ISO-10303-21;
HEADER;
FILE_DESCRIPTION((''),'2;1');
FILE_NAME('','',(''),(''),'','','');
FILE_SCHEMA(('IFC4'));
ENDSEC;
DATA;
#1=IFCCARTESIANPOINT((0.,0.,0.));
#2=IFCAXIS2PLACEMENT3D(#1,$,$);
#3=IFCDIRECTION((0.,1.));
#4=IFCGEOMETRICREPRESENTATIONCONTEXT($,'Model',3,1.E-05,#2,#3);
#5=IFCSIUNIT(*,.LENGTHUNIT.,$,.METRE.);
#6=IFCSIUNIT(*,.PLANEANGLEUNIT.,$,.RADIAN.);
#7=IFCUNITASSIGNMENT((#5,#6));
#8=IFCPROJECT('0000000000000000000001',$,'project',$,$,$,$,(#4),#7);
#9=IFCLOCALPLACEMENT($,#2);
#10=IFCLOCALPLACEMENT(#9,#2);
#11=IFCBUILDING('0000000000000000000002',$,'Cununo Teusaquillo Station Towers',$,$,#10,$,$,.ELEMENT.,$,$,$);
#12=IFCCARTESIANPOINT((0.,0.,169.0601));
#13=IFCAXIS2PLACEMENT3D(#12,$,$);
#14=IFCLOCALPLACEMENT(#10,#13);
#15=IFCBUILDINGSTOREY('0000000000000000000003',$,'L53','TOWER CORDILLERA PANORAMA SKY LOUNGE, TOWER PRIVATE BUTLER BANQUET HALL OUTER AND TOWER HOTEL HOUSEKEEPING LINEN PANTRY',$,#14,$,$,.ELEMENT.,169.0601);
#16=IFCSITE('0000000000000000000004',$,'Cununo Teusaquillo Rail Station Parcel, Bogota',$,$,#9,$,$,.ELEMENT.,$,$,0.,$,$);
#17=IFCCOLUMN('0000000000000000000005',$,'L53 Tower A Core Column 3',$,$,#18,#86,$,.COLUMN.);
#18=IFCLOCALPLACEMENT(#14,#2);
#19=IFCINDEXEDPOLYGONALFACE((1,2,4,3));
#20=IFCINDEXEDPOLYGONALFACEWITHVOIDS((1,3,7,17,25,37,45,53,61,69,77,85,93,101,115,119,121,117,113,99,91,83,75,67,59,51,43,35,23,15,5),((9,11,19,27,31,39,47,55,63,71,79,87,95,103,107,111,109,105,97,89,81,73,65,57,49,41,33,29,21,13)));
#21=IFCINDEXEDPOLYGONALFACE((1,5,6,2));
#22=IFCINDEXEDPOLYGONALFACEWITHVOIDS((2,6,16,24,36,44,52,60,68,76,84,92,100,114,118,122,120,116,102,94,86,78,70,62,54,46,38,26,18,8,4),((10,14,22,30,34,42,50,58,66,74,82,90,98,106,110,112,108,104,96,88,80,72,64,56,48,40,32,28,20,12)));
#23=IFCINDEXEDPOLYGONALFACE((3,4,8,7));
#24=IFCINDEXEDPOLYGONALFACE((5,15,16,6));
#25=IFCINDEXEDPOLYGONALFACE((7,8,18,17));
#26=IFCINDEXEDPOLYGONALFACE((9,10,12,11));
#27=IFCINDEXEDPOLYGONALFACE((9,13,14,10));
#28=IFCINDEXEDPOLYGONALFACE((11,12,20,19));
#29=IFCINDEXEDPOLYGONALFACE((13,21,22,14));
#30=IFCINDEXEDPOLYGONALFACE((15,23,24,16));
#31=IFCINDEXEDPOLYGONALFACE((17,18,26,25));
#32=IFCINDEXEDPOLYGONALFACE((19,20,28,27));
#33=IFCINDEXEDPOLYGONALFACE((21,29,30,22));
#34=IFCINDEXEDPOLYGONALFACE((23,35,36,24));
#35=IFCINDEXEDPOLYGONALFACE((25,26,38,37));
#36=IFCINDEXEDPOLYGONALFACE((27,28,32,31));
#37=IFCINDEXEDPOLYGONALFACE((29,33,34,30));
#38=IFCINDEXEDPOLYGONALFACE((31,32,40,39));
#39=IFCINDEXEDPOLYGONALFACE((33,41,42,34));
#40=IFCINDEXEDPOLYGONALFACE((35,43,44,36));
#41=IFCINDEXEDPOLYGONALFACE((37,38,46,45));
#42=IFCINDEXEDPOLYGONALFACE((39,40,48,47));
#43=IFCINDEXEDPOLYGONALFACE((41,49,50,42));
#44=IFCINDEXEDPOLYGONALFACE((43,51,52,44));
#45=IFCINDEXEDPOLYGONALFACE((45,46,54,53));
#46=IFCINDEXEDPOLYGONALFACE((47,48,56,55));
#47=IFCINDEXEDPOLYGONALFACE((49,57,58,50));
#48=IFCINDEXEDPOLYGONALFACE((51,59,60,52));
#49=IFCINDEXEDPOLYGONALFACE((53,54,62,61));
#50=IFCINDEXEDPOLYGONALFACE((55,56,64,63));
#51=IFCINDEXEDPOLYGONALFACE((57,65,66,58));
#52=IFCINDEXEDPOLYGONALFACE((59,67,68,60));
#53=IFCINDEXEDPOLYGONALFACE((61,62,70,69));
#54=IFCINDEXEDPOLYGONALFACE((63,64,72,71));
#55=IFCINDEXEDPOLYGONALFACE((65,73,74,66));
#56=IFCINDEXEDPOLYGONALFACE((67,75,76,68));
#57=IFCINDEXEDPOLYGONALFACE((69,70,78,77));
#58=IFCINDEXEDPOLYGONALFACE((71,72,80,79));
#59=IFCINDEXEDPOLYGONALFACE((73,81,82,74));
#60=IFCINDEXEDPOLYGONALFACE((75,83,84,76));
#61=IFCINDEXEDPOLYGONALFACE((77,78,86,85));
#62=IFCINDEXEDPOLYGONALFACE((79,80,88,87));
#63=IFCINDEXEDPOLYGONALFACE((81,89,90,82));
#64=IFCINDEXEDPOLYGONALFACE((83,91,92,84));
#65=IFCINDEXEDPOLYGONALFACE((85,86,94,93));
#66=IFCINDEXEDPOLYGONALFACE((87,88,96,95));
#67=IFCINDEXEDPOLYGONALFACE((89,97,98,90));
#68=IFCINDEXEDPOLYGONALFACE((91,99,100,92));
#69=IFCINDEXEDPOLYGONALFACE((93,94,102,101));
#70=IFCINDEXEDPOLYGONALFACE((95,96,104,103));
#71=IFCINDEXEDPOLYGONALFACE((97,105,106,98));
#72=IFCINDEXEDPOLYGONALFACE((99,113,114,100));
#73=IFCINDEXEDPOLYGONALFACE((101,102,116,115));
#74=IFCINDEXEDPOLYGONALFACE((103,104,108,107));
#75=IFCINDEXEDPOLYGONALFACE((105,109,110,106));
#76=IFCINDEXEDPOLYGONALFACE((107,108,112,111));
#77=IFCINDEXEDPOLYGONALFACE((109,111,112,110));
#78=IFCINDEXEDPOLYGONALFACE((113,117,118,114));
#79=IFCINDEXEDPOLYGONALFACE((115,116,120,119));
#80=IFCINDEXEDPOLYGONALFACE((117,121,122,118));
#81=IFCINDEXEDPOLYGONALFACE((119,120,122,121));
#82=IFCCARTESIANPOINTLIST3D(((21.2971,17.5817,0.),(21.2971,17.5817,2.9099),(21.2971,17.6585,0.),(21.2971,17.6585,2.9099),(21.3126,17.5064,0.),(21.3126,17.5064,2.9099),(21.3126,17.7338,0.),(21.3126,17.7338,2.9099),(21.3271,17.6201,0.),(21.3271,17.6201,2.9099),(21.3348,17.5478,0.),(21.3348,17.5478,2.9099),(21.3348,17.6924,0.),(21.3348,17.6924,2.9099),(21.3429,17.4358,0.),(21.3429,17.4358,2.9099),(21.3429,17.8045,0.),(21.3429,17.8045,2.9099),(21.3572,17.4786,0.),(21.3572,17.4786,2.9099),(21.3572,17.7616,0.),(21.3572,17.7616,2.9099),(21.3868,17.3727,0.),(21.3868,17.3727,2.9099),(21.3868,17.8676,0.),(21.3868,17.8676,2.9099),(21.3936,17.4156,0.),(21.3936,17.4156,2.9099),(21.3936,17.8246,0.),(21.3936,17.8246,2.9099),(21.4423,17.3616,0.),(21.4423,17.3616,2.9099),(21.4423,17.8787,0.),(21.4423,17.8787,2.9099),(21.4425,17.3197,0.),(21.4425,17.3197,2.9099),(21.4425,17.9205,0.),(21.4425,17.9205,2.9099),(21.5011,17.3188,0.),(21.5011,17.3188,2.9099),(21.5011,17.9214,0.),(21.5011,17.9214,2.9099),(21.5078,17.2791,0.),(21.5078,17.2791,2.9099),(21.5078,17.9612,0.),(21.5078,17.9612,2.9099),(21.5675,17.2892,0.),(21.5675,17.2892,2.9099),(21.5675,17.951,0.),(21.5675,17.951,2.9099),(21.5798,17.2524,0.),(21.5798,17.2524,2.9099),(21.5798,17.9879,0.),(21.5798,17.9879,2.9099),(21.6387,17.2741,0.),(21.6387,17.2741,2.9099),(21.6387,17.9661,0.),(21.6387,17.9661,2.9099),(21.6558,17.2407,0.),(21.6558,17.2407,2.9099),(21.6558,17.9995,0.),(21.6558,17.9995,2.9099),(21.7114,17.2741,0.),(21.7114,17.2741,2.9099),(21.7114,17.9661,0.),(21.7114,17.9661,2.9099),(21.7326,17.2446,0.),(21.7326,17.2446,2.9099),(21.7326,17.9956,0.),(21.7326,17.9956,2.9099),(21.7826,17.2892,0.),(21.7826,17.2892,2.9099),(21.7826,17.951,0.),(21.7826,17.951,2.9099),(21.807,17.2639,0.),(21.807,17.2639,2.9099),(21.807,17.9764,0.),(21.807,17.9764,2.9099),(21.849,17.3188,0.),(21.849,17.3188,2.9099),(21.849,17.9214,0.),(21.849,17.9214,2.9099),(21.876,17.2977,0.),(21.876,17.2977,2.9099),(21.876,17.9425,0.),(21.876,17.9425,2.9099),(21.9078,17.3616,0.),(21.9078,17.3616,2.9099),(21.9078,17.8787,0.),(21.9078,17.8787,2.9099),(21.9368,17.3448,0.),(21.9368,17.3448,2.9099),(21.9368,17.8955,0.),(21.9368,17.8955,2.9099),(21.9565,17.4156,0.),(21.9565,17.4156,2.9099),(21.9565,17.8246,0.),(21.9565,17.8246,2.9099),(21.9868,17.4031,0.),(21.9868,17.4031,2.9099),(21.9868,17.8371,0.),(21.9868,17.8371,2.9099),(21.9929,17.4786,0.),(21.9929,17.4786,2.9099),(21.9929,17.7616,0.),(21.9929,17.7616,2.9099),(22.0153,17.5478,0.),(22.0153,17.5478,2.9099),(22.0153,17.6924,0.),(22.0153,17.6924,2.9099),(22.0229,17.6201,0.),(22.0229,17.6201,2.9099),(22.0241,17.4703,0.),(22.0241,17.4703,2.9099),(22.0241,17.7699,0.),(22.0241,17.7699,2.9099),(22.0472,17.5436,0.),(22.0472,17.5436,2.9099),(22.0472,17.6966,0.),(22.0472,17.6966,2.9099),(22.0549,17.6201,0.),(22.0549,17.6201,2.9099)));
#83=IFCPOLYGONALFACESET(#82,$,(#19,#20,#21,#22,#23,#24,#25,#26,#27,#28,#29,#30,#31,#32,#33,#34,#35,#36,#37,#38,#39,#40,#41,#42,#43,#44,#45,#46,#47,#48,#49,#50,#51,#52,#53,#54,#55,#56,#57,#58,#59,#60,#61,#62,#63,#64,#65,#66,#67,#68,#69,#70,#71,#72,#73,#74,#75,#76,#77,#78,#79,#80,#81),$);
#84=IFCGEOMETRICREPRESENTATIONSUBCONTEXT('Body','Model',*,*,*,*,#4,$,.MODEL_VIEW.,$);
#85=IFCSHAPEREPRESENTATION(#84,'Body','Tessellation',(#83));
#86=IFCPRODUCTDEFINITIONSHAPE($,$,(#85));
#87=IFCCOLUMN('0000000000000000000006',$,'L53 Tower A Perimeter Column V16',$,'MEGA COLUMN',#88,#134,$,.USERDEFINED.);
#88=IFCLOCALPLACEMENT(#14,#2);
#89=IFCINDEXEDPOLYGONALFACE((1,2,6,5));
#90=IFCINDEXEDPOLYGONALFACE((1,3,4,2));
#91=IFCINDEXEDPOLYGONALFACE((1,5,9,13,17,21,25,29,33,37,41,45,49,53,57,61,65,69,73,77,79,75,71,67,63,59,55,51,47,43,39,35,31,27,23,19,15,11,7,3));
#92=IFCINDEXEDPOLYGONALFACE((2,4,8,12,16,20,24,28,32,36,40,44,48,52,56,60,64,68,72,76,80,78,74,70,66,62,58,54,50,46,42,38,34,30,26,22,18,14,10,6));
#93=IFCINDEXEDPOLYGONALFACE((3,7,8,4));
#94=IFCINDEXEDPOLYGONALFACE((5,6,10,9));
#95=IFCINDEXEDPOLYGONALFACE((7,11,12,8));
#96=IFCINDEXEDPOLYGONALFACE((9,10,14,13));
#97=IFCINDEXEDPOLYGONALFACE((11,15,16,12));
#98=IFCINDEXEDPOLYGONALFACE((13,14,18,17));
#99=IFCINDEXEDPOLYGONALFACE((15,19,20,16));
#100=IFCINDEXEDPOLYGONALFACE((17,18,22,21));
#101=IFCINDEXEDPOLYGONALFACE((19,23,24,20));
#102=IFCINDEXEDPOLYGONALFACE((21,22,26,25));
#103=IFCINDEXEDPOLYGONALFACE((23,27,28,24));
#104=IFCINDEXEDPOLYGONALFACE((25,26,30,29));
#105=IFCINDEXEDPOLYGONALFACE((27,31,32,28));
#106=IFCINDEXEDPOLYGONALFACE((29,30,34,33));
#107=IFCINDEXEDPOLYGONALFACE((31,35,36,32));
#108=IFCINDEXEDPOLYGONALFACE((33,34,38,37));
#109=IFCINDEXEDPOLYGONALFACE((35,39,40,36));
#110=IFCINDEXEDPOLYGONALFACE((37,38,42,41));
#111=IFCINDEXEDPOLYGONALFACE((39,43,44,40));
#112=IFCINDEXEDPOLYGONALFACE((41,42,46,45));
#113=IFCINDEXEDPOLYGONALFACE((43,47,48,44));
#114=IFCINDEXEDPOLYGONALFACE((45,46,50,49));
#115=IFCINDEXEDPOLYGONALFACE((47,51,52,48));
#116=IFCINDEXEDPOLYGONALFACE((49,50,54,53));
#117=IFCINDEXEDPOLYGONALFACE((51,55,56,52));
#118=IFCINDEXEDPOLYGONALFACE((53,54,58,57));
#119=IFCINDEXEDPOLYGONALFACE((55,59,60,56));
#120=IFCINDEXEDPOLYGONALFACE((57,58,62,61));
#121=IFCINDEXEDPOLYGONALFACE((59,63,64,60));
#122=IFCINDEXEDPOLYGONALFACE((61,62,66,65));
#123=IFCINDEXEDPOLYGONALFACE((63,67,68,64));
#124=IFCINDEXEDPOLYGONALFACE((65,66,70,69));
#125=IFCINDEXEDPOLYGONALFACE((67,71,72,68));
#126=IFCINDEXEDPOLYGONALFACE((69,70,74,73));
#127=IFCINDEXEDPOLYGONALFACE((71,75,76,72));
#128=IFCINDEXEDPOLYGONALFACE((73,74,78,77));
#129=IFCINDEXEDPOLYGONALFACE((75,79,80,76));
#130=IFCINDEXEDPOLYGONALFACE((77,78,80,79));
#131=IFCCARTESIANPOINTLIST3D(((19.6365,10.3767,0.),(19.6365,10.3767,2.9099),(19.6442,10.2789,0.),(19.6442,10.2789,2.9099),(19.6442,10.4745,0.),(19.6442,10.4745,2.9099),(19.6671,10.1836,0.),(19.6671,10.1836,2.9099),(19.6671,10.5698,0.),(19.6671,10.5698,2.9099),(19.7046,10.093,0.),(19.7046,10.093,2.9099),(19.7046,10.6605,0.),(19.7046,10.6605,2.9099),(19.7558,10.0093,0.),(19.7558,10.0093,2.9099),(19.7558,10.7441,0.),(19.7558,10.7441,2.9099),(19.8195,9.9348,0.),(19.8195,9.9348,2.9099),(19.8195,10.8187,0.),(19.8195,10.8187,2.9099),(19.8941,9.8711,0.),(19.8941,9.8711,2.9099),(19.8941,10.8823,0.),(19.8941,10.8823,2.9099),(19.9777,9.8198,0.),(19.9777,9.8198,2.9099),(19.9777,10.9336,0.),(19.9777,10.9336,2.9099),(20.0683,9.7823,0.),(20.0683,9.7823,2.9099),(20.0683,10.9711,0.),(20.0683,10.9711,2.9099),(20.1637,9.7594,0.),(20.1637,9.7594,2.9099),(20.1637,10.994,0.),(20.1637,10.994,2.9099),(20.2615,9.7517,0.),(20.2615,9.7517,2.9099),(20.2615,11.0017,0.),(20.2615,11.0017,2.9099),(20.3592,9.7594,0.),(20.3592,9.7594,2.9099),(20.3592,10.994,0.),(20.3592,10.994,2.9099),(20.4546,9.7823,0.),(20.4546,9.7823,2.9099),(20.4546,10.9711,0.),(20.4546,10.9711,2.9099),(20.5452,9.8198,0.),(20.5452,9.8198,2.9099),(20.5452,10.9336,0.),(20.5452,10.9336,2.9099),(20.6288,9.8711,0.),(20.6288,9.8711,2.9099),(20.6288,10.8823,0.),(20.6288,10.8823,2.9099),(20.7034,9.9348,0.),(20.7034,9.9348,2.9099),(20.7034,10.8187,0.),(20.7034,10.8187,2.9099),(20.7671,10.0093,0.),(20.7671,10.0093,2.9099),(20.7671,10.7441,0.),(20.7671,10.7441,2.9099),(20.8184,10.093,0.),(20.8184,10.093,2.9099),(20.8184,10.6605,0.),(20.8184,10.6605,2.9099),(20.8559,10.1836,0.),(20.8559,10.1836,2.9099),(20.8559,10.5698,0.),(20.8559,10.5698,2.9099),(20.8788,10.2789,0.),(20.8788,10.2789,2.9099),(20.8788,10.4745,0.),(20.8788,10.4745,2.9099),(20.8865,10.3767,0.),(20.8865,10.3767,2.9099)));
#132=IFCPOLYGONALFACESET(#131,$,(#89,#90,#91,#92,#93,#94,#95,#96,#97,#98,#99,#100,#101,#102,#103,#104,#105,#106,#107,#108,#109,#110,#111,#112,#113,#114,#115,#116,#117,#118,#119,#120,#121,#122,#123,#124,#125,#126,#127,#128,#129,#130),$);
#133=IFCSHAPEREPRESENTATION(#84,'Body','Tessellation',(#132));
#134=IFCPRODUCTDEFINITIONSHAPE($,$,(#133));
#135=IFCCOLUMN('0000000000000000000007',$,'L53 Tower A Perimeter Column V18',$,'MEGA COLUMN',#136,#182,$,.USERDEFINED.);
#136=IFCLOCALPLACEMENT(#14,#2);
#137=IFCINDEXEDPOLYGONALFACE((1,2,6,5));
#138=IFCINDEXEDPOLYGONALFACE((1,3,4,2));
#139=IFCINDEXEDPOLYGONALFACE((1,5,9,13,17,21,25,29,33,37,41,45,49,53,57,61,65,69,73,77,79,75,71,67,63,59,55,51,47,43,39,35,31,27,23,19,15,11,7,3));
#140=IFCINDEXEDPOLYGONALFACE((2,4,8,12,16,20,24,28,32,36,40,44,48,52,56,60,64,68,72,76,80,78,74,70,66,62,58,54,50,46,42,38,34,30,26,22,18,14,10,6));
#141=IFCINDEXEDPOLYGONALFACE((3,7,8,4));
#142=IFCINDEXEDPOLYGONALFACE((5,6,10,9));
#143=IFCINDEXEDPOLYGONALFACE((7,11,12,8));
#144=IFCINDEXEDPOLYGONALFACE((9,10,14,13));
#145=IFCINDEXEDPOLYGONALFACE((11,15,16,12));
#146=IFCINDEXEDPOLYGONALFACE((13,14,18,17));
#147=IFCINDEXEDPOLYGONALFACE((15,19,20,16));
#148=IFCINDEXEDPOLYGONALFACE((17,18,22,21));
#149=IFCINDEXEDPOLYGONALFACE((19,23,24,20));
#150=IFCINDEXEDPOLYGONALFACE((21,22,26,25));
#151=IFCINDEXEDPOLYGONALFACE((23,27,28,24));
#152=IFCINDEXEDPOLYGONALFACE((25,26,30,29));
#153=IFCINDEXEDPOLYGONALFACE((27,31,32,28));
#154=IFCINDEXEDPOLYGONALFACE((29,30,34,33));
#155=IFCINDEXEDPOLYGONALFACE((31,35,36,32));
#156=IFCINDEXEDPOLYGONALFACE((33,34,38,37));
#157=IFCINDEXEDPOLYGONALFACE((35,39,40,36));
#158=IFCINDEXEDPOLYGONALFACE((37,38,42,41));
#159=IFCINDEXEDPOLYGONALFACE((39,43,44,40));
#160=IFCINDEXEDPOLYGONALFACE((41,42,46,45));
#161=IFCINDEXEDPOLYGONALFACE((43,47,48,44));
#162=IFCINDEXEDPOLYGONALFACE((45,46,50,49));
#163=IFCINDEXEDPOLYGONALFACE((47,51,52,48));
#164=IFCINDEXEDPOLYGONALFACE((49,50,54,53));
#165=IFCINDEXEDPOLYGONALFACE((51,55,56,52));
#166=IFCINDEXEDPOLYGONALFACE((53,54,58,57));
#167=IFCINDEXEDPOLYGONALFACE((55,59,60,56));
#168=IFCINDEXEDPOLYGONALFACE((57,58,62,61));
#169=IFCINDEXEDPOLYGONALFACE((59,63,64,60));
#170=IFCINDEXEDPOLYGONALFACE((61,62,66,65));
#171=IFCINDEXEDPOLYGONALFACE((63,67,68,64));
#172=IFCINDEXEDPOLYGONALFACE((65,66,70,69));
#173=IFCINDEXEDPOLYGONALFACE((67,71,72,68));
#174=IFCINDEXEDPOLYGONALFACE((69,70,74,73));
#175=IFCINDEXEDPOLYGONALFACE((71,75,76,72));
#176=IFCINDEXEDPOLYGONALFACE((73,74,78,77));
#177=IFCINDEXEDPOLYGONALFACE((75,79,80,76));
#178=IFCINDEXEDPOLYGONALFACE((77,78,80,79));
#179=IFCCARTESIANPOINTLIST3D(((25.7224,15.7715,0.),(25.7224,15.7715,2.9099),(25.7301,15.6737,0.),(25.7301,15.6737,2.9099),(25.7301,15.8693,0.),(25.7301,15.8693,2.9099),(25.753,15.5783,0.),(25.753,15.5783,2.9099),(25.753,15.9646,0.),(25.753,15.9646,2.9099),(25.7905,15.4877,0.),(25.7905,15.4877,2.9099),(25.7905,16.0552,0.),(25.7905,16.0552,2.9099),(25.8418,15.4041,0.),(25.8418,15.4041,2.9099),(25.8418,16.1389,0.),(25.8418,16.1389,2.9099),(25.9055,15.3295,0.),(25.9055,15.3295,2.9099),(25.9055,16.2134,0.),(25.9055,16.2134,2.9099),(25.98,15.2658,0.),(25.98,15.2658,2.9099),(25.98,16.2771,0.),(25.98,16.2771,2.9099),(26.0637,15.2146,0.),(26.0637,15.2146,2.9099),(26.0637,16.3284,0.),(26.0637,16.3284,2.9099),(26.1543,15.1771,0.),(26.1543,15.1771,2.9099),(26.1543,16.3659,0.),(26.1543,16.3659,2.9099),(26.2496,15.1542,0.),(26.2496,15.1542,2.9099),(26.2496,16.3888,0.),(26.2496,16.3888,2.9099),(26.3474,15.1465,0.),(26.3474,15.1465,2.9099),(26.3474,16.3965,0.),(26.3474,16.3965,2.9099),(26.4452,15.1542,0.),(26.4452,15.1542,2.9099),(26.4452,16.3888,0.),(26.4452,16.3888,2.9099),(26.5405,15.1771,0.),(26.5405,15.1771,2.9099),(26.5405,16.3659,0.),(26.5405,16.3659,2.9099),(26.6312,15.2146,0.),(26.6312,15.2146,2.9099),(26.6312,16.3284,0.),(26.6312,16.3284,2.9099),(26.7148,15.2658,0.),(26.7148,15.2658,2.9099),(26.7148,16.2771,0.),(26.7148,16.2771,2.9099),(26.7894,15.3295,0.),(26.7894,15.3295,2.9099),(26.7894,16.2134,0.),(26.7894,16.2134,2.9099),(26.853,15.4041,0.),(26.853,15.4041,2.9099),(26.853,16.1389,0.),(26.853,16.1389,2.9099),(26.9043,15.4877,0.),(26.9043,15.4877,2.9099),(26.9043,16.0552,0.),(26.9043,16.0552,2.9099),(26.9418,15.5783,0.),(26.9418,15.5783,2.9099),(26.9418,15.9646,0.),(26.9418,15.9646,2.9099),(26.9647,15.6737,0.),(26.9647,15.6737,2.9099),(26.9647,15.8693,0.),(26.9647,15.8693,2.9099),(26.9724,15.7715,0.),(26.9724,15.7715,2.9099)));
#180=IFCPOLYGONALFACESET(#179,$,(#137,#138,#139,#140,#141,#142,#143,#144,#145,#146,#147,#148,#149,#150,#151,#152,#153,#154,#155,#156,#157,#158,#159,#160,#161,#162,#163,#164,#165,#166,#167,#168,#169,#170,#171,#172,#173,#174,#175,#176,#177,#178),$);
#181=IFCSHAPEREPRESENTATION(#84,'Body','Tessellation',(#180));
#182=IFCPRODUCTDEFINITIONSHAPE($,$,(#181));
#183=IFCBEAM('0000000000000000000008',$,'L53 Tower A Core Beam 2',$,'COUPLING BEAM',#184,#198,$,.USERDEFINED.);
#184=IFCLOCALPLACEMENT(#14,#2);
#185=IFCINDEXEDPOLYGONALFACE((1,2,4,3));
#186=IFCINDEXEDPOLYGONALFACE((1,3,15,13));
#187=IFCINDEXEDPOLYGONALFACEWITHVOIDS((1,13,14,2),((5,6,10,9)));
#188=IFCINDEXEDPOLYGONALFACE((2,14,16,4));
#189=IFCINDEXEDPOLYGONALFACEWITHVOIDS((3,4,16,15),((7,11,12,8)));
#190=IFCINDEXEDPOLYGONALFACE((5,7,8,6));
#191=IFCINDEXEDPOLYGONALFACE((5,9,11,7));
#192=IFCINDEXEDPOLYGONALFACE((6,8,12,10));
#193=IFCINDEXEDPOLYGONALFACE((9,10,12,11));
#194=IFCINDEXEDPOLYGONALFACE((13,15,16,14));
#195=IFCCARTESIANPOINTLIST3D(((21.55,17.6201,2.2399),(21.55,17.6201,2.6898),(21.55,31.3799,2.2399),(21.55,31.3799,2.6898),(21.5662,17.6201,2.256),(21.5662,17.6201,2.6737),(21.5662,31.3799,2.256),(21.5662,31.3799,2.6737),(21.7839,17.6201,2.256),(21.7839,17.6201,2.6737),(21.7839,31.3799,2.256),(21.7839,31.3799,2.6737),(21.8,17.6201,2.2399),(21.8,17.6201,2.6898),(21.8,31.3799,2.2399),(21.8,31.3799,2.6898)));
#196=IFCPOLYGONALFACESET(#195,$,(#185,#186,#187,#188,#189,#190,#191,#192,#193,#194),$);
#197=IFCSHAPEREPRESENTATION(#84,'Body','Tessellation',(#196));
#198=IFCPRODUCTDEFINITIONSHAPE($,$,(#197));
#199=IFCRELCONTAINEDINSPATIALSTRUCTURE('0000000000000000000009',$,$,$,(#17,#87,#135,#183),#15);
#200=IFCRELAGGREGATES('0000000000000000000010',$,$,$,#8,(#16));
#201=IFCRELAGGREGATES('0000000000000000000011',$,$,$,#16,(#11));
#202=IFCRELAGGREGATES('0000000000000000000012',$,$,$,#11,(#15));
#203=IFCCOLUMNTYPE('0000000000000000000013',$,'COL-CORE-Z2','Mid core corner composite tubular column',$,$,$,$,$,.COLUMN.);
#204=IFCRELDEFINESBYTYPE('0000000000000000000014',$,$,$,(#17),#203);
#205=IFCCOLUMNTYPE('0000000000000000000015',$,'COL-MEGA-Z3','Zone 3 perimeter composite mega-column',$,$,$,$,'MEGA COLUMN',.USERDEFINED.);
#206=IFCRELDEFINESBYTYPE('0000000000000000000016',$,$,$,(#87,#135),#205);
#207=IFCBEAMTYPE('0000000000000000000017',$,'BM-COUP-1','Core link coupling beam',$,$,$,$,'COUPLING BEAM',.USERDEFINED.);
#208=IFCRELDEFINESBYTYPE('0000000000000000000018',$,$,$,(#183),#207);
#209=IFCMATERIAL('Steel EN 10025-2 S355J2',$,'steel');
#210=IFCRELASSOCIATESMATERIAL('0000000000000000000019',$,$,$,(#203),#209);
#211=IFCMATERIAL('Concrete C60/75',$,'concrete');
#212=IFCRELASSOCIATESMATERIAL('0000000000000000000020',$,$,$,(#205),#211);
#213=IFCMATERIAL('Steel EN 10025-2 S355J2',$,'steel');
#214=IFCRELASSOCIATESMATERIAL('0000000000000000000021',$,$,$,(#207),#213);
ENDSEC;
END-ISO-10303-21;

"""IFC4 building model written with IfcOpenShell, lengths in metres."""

from ifc_helpers import new_model, si_unit, direction, frame, origin, origin_2d, place, context, subcontext, project, spatial, hollow_rectangle, circle, hollow_circle, extrude, material, material_profile, profile_set, type_object, element, save


model = new_model("IFC4")

# Units and contexts
model_context = context("Model", 3, precision=1e-05, world=origin(), true_north=direction((0.0, 1.0)))
body_context = subcontext(model_context, "Body", "Model", "MODEL_VIEW")
ifc_project = project(units=[si_unit("LENGTHUNIT", "METRE"), si_unit("PLANEANGLEUNIT", "RADIAN")], contexts=[model_context])

# Site, building, storey
site_placement = place(None, origin())
site = spatial("IfcSite", under=ifc_project, at=site_placement, Name="Cununo Teusaquillo Rail Station Parcel, Bogota", CompositionType="ELEMENT", RefElevation=0.0)
building_placement = place(site_placement, origin())
building = spatial("IfcBuilding", under=site, at=building_placement, Name="Cununo Teusaquillo Station Towers", CompositionType="ELEMENT")
storey_placement = place(building_placement, frame((0.0, 0.0, 169.0601)))
storey = spatial("IfcBuildingStorey", under=building, at=storey_placement, Name="L53", Description="TOWER CORDILLERA PANORAMA SKY LOUNGE, TOWER PRIVATE BUTLER BANQUET HALL OUTER AND TOWER HOTEL HOUSEKEEPING LINEN PANTRY", CompositionType="ELEMENT", Elevation=169.0601)

# Columns
ifc_material_1 = material(Name="Steel EN 10025-2 S355J2", Category="steel")
ifc_material_profile_1 = material_profile(ifc_material_1, hollow_circle(Radius=0.3799, WallThickness=0.032, at=origin_2d()), Name="CHS 760x32")
ifc_profile_set_1 = profile_set([ifc_material_profile_1], Name="Steel EN 10025-2 S355J2")
column_type_1 = type_object("IfcColumnType", Name="COL-CORE-Z2", Description="Mid core corner composite tubular column", PredefinedType="COLUMN", material=ifc_profile_set_1)
column_placement = place(storey_placement, frame((21.675, 17.6201, 0.0), z_axis=(0.0, 0.0, 1.0), x_axis=(1.0, 0.0, 0.0)))
element("IfcColumn", 1, at=column_placement, inside=storey, type_object=column_type_1, Name="L53 Tower A Core Column 3", PredefinedType="COLUMN", context=body_context, shape_type="SweptSolid", body=[
    extrude(hollow_circle(Radius=0.3799, WallThickness=0.032, at=origin_2d()), origin(), (0.0, 0.0, 1.0), 2.9099),
])
ifc_material_2 = material(Name="Concrete C60/75", Category="concrete")
ifc_material_profile_2 = material_profile(ifc_material_2, circle(Radius=0.625, at=origin_2d()), Name="RC-CIRC-1250")
ifc_profile_set_2 = profile_set([ifc_material_profile_2], Name="Concrete C60/75")
column_type_2 = type_object("IfcColumnType", Name="COL-MEGA-Z3", Description="Zone 3 perimeter composite mega-column", ElementType="MEGA COLUMN", PredefinedType="USERDEFINED", material=ifc_profile_set_2)
for number, where, z_axis, x_axis, name in (
    (2, (20.2615, 10.3767, 0.0), (0.0, 0.0, 1.0), (1.0, 0.0, 0.0), "L53 Tower A Perimeter Column V16"),
    (3, (26.3474, 15.7715, 0.0), (0.0, 0.0, 1.0), (1.0, 0.0, 0.0), "L53 Tower A Perimeter Column V18"),
):
    element("IfcColumn", number, at=place(storey_placement, frame(where, z_axis=z_axis, x_axis=x_axis)), inside=storey, type_object=column_type_2, Name=name, ObjectType="MEGA COLUMN", PredefinedType="USERDEFINED", context=body_context, shape_type="SweptSolid", body=[
        extrude(circle(Radius=0.625, at=origin_2d()), origin(), (0.0, 0.0, 1.0), 2.9099),
    ])

# Beam
ifc_material_3 = material(Name="Steel EN 10025-2 S355J2", Category="steel")
ifc_material_profile_3 = material_profile(ifc_material_3, hollow_rectangle(XDim=0.25, YDim=0.45, WallThickness=0.0161, at=origin_2d()), Name="RHS 450x250x16")
ifc_profile_set_3 = profile_set([ifc_material_profile_3], Name="Steel EN 10025-2 S355J2")
beam_type_1 = type_object("IfcBeamType", Name="BM-COUP-1", Description="Core link coupling beam", ElementType="COUPLING BEAM", PredefinedType="USERDEFINED", material=ifc_profile_set_3)
beam_1_placement = place(storey_placement, frame((21.675, 17.6201, 2.4648), z_axis=(0.0, 1.0, 0.0), x_axis=(-1.0, 0.0, 0.0)))
element("IfcBeam", 4, at=beam_1_placement, inside=storey, type_object=beam_type_1, Name="L53 Tower A Core Beam 2", ObjectType="COUPLING BEAM", PredefinedType="USERDEFINED", context=body_context, shape_type="SweptSolid", body=[
    extrude(hollow_rectangle(XDim=0.25, YDim=0.45, WallThickness=0.0161, at=origin_2d()), origin(), (0.0, 0.0, 1.0), 13.7598),
])

save(model, "model.ifc")
